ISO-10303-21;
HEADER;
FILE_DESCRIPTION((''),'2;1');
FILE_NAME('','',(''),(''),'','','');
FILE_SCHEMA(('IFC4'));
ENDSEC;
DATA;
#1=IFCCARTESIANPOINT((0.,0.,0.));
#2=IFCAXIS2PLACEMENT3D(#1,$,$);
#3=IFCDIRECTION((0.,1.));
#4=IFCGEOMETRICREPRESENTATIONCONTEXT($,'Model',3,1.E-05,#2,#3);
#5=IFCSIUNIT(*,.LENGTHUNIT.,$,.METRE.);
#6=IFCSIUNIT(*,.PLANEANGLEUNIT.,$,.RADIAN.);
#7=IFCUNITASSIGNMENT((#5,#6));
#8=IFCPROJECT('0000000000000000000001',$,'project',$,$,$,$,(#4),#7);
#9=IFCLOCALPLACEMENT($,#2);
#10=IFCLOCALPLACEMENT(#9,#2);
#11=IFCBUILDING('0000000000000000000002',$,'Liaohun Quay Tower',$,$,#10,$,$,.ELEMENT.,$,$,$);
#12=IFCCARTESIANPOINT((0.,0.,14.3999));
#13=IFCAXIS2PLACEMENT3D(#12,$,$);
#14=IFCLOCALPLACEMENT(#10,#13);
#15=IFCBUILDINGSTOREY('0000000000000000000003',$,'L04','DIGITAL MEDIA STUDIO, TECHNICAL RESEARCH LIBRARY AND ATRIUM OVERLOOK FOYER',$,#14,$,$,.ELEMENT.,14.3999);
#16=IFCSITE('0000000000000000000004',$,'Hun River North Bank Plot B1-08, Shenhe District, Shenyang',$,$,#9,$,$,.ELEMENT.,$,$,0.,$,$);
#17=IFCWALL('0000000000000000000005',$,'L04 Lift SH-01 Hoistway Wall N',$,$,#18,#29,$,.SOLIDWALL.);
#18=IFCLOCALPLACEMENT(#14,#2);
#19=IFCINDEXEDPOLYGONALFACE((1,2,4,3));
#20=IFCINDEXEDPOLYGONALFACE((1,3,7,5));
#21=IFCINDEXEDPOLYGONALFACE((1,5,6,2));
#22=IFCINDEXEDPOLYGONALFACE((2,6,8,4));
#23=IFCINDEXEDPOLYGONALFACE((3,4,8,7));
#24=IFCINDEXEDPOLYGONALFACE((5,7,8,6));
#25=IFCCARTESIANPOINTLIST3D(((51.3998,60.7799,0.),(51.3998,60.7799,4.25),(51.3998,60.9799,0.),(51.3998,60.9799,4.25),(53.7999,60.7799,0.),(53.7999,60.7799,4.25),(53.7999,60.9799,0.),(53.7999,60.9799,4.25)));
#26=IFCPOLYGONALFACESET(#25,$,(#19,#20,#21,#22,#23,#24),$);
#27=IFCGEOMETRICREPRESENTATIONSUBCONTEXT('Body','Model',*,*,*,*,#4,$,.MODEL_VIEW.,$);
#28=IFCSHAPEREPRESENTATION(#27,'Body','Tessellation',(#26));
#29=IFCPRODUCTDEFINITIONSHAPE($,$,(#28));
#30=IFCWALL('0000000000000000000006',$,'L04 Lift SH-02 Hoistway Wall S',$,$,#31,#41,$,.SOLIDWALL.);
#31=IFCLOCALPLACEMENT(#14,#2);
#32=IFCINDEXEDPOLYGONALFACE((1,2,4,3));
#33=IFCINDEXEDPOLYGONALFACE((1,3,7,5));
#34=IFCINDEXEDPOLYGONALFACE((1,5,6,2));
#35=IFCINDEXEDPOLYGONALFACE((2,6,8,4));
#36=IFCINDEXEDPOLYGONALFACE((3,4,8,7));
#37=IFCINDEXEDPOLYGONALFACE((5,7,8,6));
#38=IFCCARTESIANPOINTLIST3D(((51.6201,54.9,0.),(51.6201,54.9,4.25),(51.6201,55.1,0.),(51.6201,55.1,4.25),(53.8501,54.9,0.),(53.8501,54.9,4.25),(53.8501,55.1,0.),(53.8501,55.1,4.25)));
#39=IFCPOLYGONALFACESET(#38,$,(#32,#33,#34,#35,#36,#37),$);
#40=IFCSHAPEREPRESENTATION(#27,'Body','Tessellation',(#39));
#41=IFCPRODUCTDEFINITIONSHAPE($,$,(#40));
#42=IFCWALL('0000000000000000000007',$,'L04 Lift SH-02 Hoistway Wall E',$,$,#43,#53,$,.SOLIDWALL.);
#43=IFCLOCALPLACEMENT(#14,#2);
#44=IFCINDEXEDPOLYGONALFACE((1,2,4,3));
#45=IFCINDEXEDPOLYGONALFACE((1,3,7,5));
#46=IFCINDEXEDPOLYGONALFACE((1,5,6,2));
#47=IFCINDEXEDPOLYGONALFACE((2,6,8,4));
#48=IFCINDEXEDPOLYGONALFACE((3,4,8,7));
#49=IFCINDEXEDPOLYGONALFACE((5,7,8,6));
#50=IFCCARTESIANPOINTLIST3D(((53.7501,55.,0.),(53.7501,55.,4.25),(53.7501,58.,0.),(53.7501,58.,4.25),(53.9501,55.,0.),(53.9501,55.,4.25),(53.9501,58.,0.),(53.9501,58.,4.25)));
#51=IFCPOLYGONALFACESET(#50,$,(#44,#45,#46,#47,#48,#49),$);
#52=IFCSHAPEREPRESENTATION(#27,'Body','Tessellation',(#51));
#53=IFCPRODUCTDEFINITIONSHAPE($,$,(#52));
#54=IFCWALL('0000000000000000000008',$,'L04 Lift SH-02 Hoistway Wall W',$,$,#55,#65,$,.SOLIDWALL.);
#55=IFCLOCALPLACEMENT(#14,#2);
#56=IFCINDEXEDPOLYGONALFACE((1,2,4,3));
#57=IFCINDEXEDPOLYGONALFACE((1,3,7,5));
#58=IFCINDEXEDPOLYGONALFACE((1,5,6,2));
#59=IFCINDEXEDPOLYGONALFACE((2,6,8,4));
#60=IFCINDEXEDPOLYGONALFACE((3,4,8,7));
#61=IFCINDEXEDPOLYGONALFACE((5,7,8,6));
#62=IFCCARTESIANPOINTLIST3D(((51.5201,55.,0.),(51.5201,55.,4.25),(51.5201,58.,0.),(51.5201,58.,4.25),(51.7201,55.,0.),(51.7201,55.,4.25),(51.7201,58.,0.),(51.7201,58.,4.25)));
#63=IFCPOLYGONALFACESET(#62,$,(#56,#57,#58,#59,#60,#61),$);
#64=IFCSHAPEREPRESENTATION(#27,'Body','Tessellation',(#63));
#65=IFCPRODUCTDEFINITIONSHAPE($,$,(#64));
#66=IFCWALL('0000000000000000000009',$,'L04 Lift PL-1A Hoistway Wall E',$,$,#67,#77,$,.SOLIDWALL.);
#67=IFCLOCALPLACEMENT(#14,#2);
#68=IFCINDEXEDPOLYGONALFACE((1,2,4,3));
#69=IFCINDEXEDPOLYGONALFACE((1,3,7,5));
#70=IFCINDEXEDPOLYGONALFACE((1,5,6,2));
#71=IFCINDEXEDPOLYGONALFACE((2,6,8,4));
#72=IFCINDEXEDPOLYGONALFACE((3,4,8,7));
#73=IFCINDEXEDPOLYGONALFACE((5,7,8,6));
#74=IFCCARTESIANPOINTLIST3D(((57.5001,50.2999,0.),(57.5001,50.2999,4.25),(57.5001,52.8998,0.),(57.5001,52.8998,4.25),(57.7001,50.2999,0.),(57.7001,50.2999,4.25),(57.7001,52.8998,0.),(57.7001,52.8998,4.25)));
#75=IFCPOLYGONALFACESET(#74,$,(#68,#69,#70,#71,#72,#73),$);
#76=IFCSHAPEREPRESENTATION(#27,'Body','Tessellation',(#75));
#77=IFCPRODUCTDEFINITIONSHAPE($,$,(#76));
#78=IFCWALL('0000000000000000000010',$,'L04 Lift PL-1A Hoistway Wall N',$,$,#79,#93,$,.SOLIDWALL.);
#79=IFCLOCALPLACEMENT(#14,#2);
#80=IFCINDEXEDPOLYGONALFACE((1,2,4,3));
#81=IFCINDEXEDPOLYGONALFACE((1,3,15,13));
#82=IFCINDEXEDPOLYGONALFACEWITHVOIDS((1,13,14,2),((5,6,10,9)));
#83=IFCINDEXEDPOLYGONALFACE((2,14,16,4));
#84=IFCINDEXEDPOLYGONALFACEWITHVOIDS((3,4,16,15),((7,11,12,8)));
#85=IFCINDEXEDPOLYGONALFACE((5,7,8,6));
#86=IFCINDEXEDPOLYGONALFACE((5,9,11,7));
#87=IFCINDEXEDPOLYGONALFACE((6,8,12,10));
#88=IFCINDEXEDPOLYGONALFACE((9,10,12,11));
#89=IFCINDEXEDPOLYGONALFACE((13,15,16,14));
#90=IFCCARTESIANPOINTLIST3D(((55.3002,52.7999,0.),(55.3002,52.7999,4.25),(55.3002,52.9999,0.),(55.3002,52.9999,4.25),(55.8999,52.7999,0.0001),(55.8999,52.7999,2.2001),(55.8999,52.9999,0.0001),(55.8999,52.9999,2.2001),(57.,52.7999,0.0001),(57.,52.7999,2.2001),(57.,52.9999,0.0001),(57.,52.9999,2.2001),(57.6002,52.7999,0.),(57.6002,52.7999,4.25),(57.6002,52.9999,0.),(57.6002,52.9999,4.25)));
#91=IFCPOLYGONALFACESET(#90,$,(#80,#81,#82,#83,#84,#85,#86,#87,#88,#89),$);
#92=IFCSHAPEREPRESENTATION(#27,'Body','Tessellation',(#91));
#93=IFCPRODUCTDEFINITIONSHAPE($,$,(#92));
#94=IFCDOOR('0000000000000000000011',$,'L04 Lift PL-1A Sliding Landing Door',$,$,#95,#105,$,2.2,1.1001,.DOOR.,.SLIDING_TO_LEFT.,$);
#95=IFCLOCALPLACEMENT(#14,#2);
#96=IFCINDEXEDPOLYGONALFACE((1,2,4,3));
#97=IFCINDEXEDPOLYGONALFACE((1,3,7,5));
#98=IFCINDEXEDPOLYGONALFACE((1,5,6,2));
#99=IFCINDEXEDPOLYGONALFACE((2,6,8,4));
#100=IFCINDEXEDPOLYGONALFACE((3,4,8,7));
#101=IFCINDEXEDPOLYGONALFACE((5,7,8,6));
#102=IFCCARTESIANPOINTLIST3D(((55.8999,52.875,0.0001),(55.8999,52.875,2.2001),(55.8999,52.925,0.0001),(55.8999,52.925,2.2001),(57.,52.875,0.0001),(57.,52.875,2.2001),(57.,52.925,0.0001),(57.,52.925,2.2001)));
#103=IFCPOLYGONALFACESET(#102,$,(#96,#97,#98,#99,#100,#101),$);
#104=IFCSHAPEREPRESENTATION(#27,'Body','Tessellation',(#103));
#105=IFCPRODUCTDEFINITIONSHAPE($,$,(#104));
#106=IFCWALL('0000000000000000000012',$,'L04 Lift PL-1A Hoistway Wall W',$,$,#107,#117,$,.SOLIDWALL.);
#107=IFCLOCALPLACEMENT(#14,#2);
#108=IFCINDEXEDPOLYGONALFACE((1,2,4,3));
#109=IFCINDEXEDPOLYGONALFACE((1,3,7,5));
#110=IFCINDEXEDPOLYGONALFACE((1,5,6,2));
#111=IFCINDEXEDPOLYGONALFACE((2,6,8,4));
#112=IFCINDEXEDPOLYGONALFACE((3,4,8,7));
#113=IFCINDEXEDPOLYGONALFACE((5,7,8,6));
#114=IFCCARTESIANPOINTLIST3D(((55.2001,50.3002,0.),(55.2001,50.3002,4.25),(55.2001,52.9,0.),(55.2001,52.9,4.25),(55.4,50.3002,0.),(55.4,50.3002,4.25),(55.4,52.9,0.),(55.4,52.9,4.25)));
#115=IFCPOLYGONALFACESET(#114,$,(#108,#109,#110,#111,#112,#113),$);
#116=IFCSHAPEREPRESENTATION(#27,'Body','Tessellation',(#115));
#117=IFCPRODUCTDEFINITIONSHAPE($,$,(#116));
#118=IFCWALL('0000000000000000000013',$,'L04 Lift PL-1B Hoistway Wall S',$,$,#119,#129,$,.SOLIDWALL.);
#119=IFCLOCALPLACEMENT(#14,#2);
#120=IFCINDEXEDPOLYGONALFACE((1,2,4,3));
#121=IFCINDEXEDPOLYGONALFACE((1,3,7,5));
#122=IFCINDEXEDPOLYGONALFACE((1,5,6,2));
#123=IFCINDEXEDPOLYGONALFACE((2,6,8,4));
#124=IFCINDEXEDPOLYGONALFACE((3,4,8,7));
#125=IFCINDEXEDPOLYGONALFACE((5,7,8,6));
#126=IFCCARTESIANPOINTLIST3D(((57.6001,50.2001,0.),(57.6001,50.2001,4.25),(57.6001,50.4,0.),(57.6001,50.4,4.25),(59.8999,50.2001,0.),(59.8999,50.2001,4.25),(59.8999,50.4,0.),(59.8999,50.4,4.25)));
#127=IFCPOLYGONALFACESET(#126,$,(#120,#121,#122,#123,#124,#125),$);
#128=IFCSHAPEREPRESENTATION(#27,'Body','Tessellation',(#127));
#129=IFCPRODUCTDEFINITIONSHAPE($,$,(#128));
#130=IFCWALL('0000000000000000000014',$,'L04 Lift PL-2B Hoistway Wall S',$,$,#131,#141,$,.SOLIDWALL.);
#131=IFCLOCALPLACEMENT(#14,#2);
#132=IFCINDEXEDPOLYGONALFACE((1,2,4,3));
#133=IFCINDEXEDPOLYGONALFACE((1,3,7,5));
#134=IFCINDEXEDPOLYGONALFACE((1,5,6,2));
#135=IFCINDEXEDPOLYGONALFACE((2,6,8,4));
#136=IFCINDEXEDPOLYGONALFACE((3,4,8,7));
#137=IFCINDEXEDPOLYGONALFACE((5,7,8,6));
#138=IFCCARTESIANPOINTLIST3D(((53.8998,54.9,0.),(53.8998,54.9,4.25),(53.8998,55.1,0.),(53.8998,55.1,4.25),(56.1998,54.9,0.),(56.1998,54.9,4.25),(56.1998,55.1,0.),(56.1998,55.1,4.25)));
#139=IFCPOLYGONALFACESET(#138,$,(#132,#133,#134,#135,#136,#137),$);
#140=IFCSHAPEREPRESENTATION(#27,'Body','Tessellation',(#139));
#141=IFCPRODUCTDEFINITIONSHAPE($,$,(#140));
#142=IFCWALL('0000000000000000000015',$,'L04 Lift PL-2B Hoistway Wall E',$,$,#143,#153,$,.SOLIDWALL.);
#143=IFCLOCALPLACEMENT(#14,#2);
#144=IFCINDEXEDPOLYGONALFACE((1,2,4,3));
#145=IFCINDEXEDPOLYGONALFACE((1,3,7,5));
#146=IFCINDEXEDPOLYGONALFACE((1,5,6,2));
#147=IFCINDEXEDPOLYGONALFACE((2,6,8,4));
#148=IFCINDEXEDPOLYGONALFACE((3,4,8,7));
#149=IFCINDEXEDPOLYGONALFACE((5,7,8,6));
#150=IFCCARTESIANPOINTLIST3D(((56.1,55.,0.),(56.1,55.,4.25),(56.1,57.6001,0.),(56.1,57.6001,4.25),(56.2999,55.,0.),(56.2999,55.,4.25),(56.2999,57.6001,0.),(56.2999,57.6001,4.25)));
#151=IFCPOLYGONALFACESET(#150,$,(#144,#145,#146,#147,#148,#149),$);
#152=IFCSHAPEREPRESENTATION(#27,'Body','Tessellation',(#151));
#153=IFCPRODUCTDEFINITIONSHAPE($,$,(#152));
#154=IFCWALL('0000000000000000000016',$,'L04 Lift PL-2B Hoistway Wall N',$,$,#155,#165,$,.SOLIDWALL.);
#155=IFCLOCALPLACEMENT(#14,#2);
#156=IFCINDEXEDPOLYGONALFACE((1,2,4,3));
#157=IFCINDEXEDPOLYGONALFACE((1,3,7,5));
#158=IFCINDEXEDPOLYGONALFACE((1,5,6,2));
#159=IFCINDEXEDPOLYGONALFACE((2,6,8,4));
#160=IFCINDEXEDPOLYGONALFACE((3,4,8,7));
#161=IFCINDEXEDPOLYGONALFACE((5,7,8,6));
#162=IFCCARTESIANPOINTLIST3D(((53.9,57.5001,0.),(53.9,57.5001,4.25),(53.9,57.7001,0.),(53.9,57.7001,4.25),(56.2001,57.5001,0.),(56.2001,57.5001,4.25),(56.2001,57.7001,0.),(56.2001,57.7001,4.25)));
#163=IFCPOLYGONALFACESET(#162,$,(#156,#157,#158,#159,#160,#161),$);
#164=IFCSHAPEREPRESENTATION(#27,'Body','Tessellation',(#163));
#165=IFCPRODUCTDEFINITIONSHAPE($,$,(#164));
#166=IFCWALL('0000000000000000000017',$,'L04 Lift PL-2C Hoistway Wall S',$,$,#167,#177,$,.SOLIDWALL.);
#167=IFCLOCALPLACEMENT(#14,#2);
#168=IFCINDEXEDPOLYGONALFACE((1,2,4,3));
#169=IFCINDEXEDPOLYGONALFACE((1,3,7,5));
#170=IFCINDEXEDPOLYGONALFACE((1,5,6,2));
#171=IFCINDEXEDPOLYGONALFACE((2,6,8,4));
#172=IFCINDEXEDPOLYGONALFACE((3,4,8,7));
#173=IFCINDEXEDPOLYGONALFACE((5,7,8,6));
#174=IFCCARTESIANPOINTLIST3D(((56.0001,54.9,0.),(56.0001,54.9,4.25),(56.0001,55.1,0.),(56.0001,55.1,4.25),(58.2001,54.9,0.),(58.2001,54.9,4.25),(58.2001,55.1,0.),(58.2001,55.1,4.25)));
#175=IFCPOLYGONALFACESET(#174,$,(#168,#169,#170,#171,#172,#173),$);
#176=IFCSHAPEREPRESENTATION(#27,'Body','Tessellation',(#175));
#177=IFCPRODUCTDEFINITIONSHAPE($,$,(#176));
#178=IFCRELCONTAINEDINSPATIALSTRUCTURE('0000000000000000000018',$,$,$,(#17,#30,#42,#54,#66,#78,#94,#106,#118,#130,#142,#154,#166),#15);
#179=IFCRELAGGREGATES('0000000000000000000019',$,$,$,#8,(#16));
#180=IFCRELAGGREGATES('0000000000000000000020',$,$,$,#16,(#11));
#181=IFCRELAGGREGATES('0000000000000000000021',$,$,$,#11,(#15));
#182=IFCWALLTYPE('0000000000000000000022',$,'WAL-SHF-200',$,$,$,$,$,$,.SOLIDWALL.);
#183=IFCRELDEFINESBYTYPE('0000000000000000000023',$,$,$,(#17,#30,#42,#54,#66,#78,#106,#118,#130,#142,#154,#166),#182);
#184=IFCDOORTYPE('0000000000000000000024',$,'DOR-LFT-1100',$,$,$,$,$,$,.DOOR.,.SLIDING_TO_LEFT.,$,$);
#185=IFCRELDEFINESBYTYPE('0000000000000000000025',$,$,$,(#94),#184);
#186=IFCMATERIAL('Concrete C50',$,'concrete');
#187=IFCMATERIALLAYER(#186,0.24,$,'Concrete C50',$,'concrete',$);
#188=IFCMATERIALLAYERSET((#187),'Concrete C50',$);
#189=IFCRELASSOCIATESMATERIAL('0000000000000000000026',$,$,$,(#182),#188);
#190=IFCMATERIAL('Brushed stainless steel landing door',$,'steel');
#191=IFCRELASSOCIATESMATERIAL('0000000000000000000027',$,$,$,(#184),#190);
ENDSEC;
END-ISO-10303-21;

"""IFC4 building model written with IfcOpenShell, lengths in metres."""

from ifc_helpers import new_model, si_unit, direction, frame, frame_2d, origin, place, context, subcontext, project, spatial, rectangle, extrude, source, transform, mapped, material, layer, layer_set, type_object, element, fill, save


model = new_model("IFC4")

# Units and contexts
model_context = context("Model", 3, precision=1e-05, world=origin(), true_north=direction((0.0, 1.0)))
body_context = subcontext(model_context, "Body", "Model", "MODEL_VIEW")
ifc_project = project(units=[si_unit("LENGTHUNIT", "METRE"), si_unit("PLANEANGLEUNIT", "RADIAN")], contexts=[model_context])

# Site, building, storey
site_placement = place(None, origin())
site = spatial("IfcSite", under=ifc_project, at=site_placement, Name="Hun River North Bank Plot B1-08, Shenhe District, Shenyang", CompositionType="ELEMENT", RefElevation=0.0)
building_placement = place(site_placement, origin())
building = spatial("IfcBuilding", under=site, at=building_placement, Name="Liaohun Quay Tower", CompositionType="ELEMENT")
storey_placement = place(building_placement, frame((0.0, 0.0, 14.3999)))
storey = spatial("IfcBuildingStorey", under=building, at=storey_placement, Name="L04", Description="DIGITAL MEDIA STUDIO, TECHNICAL RESEARCH LIBRARY AND ATRIUM OVERLOOK FOYER", CompositionType="ELEMENT", Elevation=14.3999)

# Shared definitions
ifc_material_1 = material(Name="Concrete C50", Category="concrete")
ifc_layer_1 = layer(ifc_material_1, 0.24, Name="Concrete C50", Category="concrete")
ifc_layer_set_1 = layer_set([ifc_layer_1], Name="Concrete C50")
wall_type_1 = type_object("IfcWallType", Name="WAL-SHF-200", PredefinedType="SOLIDWALL", material=ifc_layer_set_1)

# Walls
wall_1_placement = place(storey_placement, frame((53.8, 60.8799, 0.0), z_axis=(0.0, 0.0, 1.0), x_axis=(-1.0, 0.0, 0.0)))
element("IfcWall", 1, at=wall_1_placement, inside=storey, type_object=wall_type_1, Name="L04 Lift SH-01 Hoistway Wall N", PredefinedType="SOLIDWALL", context=body_context, shape_type="SweptSolid", body=[
    extrude(rectangle(XDim=2.4001, YDim=0.2, at=frame_2d((1.2002, 0.0))), origin(), (0.0, 0.0, 1.0), 4.25),
])
wall_2_placement = place(storey_placement, frame((51.6201, 55.0, 0.0), z_axis=(0.0, 0.0, 1.0), x_axis=(1.0, 0.0, 0.0)))
element("IfcWall", 2, at=wall_2_placement, inside=storey, type_object=wall_type_1, Name="L04 Lift SH-02 Hoistway Wall S", PredefinedType="SOLIDWALL", context=body_context, shape_type="SweptSolid", body=[
    extrude(rectangle(XDim=2.23, YDim=0.2, at=frame_2d((1.115, 0.0))), origin(), (0.0, 0.0, 1.0), 4.25),
])
for number, where, z_axis, x_axis, name in (
    (3, (53.8501, 55.0, 0.0), (0.0, 0.0, 1.0), (0.0, 1.0, 0.0), "L04 Lift SH-02 Hoistway Wall E"),
    (4, (51.6201, 58.0, 0.0), (0.0, 0.0, 1.0), (0.0, -1.0, 0.0), "L04 Lift SH-02 Hoistway Wall W"),
):
    element("IfcWall", number, at=place(storey_placement, frame(where, z_axis=z_axis, x_axis=x_axis)), inside=storey, type_object=wall_type_1, Name=name, PredefinedType="SOLIDWALL", context=body_context, shape_type="SweptSolid", body=[
        extrude(rectangle(XDim=3.0, YDim=0.2, at=frame_2d((1.5, 0.0))), origin(), (0.0, 0.0, 1.0), 4.25),
    ])
wall_3_placement = place(storey_placement, frame((57.6001, 50.3, 0.0), z_axis=(0.0, 0.0, 1.0), x_axis=(0.0, 1.0, 0.0)))
element("IfcWall", 5, at=wall_3_placement, inside=storey, type_object=wall_type_1, Name="L04 Lift PL-1A Hoistway Wall E", PredefinedType="SOLIDWALL", context=body_context, shape_type="SweptSolid", body=[
    extrude(rectangle(XDim=2.5999, YDim=0.2, at=frame_2d((1.2998, 0.0))), origin(), (0.0, 0.0, 1.0), 4.25),
])

# Wall, opening, door
wall_4_placement = place(storey_placement, frame((57.6001, 52.8999, 0.0), z_axis=(0.0, 0.0, 1.0), x_axis=(-1.0, 0.0, 0.0)))
wall_4 = element("IfcWall", 6, at=wall_4_placement, inside=storey, type_object=wall_type_1, Name="L04 Lift PL-1A Hoistway Wall N", PredefinedType="SOLIDWALL", context=body_context, shape_type="SweptSolid", body=[
    extrude(rectangle(XDim=2.3, YDim=0.2, at=frame_2d((1.1499, 0.0))), origin(), (0.0, 0.0, 1.0), 4.25),
])
shared_shape_1 = source(origin(), body_context, "Body", "SweptSolid", [
    extrude(rectangle(XDim=1.1001, YDim=2.2, at=frame_2d((0.55, 1.1001))), frame((0.0, 0.1099, 0.0), z_axis=(0.0, -1.0, 0.0), x_axis=(1.0, 0.0, 0.0)), (0.0, 0.0, 1.0), 0.22),
])
opening_1_placement = place(wall_4_placement, frame((0.6001, 0.0, 0.0)))
opening_1 = element("IfcOpeningElement", 7, at=opening_1_placement, cuts=wall_4, PredefinedType="OPENING", context=body_context, shape_type="MappedRepresentation", body=[
    mapped(shared_shape_1, transform((0.0, 0.0, 0.0), x_axis=(1.0, 0.0, 0.0), y_axis=(0.0, 1.0, 0.0), z_axis=(0.0, 0.0, 1.0), scale=1.0)),
])
ifc_material_2 = material(Name="Brushed stainless steel landing door", Category="steel")
door_type_1 = type_object("IfcDoorType", Name="DOR-LFT-1100", OperationType="SLIDING_TO_LEFT", PredefinedType="DOOR", material=ifc_material_2)
shared_shape_2 = source(origin(), body_context, "Body", "SweptSolid", [
    extrude(rectangle(XDim=1.1001, YDim=2.2, at=frame_2d((0.55, 1.1001))), frame((0.0, 0.0249, 0.0), z_axis=(0.0, -1.0, 0.0), x_axis=(1.0, 0.0, 0.0)), (0.0, 0.0, 1.0), 0.05),
])
door_1_placement = place(opening_1_placement, origin())
door_1 = element("IfcDoor", 8, at=door_1_placement, inside=storey, type_object=door_type_1, Name="L04 Lift PL-1A Sliding Landing Door", OperationType="SLIDING_TO_LEFT", OverallHeight=2.2, OverallWidth=1.1001, PredefinedType="DOOR", context=body_context, shape_type="MappedRepresentation", body=[
    mapped(shared_shape_2, transform((0.0, 0.0, 0.0), x_axis=(1.0, 0.0, 0.0), y_axis=(0.0, 1.0, 0.0), z_axis=(0.0, 0.0, 1.0), scale=1.0)),
])
fill(opening_1, door_1)

# Walls
wall_5_placement = place(storey_placement, frame((55.3, 52.8999, 0.0), z_axis=(0.0, 0.0, 1.0), x_axis=(0.0, -1.0, 0.0)))
element("IfcWall", 9, at=wall_5_placement, inside=storey, type_object=wall_type_1, Name="L04 Lift PL-1A Hoistway Wall W", PredefinedType="SOLIDWALL", context=body_context, shape_type="SweptSolid", body=[
    extrude(rectangle(XDim=2.5999, YDim=0.2, at=frame_2d((1.2998, 0.0))), origin(), (0.0, 0.0, 1.0), 4.25),
])
wall_6_placement = place(storey_placement, frame((57.6001, 50.3, 0.0), z_axis=(0.0, 0.0, 1.0), x_axis=(1.0, 0.0, 0.0)))
element("IfcWall", 10, at=wall_6_placement, inside=storey, type_object=wall_type_1, Name="L04 Lift PL-1B Hoistway Wall S", PredefinedType="SOLIDWALL", context=body_context, shape_type="SweptSolid", body=[
    extrude(rectangle(XDim=2.2998, YDim=0.2, at=frame_2d((1.1499, 0.0))), origin(), (0.0, 0.0, 1.0), 4.25),
])
wall_7_placement = place(storey_placement, frame((53.8999, 55.0, 0.0), z_axis=(0.0, 0.0, 1.0), x_axis=(1.0, 0.0, 0.0)))
element("IfcWall", 11, at=wall_7_placement, inside=storey, type_object=wall_type_1, Name="L04 Lift PL-2B Hoistway Wall S", PredefinedType="SOLIDWALL", context=body_context, shape_type="SweptSolid", body=[
    extrude(rectangle(XDim=2.3, YDim=0.2, at=frame_2d((1.1499, 0.0))), origin(), (0.0, 0.0, 1.0), 4.25),
])
wall_8_placement = place(storey_placement, frame((56.2, 55.0, 0.0), z_axis=(0.0, 0.0, 1.0), x_axis=(0.0, 1.0, 0.0)))
element("IfcWall", 12, at=wall_8_placement, inside=storey, type_object=wall_type_1, Name="L04 Lift PL-2B Hoistway Wall E", PredefinedType="SOLIDWALL", context=body_context, shape_type="SweptSolid", body=[
    extrude(rectangle(XDim=2.6001, YDim=0.2, at=frame_2d((1.3, 0.0))), origin(), (0.0, 0.0, 1.0), 4.25),
])
wall_9_placement = place(storey_placement, frame((56.2, 57.6001, 0.0), z_axis=(0.0, 0.0, 1.0), x_axis=(-1.0, 0.0, 0.0)))
element("IfcWall", 13, at=wall_9_placement, inside=storey, type_object=wall_type_1, Name="L04 Lift PL-2B Hoistway Wall N", PredefinedType="SOLIDWALL", context=body_context, shape_type="SweptSolid", body=[
    extrude(rectangle(XDim=2.3, YDim=0.2, at=frame_2d((1.1499, 0.0))), origin(), (0.0, 0.0, 1.0), 4.25),
])
wall_10_placement = place(storey_placement, frame((56.0, 55.0, 0.0), z_axis=(0.0, 0.0, 1.0), x_axis=(1.0, 0.0, 0.0)))
element("IfcWall", 14, at=wall_10_placement, inside=storey, type_object=wall_type_1, Name="L04 Lift PL-2C Hoistway Wall S", PredefinedType="SOLIDWALL", context=body_context, shape_type="SweptSolid", body=[
    extrude(rectangle(XDim=2.2, YDim=0.2, at=frame_2d((1.1001, 0.0))), origin(), (0.0, 0.0, 1.0), 4.25),
])

save(model, "model.ifc")
